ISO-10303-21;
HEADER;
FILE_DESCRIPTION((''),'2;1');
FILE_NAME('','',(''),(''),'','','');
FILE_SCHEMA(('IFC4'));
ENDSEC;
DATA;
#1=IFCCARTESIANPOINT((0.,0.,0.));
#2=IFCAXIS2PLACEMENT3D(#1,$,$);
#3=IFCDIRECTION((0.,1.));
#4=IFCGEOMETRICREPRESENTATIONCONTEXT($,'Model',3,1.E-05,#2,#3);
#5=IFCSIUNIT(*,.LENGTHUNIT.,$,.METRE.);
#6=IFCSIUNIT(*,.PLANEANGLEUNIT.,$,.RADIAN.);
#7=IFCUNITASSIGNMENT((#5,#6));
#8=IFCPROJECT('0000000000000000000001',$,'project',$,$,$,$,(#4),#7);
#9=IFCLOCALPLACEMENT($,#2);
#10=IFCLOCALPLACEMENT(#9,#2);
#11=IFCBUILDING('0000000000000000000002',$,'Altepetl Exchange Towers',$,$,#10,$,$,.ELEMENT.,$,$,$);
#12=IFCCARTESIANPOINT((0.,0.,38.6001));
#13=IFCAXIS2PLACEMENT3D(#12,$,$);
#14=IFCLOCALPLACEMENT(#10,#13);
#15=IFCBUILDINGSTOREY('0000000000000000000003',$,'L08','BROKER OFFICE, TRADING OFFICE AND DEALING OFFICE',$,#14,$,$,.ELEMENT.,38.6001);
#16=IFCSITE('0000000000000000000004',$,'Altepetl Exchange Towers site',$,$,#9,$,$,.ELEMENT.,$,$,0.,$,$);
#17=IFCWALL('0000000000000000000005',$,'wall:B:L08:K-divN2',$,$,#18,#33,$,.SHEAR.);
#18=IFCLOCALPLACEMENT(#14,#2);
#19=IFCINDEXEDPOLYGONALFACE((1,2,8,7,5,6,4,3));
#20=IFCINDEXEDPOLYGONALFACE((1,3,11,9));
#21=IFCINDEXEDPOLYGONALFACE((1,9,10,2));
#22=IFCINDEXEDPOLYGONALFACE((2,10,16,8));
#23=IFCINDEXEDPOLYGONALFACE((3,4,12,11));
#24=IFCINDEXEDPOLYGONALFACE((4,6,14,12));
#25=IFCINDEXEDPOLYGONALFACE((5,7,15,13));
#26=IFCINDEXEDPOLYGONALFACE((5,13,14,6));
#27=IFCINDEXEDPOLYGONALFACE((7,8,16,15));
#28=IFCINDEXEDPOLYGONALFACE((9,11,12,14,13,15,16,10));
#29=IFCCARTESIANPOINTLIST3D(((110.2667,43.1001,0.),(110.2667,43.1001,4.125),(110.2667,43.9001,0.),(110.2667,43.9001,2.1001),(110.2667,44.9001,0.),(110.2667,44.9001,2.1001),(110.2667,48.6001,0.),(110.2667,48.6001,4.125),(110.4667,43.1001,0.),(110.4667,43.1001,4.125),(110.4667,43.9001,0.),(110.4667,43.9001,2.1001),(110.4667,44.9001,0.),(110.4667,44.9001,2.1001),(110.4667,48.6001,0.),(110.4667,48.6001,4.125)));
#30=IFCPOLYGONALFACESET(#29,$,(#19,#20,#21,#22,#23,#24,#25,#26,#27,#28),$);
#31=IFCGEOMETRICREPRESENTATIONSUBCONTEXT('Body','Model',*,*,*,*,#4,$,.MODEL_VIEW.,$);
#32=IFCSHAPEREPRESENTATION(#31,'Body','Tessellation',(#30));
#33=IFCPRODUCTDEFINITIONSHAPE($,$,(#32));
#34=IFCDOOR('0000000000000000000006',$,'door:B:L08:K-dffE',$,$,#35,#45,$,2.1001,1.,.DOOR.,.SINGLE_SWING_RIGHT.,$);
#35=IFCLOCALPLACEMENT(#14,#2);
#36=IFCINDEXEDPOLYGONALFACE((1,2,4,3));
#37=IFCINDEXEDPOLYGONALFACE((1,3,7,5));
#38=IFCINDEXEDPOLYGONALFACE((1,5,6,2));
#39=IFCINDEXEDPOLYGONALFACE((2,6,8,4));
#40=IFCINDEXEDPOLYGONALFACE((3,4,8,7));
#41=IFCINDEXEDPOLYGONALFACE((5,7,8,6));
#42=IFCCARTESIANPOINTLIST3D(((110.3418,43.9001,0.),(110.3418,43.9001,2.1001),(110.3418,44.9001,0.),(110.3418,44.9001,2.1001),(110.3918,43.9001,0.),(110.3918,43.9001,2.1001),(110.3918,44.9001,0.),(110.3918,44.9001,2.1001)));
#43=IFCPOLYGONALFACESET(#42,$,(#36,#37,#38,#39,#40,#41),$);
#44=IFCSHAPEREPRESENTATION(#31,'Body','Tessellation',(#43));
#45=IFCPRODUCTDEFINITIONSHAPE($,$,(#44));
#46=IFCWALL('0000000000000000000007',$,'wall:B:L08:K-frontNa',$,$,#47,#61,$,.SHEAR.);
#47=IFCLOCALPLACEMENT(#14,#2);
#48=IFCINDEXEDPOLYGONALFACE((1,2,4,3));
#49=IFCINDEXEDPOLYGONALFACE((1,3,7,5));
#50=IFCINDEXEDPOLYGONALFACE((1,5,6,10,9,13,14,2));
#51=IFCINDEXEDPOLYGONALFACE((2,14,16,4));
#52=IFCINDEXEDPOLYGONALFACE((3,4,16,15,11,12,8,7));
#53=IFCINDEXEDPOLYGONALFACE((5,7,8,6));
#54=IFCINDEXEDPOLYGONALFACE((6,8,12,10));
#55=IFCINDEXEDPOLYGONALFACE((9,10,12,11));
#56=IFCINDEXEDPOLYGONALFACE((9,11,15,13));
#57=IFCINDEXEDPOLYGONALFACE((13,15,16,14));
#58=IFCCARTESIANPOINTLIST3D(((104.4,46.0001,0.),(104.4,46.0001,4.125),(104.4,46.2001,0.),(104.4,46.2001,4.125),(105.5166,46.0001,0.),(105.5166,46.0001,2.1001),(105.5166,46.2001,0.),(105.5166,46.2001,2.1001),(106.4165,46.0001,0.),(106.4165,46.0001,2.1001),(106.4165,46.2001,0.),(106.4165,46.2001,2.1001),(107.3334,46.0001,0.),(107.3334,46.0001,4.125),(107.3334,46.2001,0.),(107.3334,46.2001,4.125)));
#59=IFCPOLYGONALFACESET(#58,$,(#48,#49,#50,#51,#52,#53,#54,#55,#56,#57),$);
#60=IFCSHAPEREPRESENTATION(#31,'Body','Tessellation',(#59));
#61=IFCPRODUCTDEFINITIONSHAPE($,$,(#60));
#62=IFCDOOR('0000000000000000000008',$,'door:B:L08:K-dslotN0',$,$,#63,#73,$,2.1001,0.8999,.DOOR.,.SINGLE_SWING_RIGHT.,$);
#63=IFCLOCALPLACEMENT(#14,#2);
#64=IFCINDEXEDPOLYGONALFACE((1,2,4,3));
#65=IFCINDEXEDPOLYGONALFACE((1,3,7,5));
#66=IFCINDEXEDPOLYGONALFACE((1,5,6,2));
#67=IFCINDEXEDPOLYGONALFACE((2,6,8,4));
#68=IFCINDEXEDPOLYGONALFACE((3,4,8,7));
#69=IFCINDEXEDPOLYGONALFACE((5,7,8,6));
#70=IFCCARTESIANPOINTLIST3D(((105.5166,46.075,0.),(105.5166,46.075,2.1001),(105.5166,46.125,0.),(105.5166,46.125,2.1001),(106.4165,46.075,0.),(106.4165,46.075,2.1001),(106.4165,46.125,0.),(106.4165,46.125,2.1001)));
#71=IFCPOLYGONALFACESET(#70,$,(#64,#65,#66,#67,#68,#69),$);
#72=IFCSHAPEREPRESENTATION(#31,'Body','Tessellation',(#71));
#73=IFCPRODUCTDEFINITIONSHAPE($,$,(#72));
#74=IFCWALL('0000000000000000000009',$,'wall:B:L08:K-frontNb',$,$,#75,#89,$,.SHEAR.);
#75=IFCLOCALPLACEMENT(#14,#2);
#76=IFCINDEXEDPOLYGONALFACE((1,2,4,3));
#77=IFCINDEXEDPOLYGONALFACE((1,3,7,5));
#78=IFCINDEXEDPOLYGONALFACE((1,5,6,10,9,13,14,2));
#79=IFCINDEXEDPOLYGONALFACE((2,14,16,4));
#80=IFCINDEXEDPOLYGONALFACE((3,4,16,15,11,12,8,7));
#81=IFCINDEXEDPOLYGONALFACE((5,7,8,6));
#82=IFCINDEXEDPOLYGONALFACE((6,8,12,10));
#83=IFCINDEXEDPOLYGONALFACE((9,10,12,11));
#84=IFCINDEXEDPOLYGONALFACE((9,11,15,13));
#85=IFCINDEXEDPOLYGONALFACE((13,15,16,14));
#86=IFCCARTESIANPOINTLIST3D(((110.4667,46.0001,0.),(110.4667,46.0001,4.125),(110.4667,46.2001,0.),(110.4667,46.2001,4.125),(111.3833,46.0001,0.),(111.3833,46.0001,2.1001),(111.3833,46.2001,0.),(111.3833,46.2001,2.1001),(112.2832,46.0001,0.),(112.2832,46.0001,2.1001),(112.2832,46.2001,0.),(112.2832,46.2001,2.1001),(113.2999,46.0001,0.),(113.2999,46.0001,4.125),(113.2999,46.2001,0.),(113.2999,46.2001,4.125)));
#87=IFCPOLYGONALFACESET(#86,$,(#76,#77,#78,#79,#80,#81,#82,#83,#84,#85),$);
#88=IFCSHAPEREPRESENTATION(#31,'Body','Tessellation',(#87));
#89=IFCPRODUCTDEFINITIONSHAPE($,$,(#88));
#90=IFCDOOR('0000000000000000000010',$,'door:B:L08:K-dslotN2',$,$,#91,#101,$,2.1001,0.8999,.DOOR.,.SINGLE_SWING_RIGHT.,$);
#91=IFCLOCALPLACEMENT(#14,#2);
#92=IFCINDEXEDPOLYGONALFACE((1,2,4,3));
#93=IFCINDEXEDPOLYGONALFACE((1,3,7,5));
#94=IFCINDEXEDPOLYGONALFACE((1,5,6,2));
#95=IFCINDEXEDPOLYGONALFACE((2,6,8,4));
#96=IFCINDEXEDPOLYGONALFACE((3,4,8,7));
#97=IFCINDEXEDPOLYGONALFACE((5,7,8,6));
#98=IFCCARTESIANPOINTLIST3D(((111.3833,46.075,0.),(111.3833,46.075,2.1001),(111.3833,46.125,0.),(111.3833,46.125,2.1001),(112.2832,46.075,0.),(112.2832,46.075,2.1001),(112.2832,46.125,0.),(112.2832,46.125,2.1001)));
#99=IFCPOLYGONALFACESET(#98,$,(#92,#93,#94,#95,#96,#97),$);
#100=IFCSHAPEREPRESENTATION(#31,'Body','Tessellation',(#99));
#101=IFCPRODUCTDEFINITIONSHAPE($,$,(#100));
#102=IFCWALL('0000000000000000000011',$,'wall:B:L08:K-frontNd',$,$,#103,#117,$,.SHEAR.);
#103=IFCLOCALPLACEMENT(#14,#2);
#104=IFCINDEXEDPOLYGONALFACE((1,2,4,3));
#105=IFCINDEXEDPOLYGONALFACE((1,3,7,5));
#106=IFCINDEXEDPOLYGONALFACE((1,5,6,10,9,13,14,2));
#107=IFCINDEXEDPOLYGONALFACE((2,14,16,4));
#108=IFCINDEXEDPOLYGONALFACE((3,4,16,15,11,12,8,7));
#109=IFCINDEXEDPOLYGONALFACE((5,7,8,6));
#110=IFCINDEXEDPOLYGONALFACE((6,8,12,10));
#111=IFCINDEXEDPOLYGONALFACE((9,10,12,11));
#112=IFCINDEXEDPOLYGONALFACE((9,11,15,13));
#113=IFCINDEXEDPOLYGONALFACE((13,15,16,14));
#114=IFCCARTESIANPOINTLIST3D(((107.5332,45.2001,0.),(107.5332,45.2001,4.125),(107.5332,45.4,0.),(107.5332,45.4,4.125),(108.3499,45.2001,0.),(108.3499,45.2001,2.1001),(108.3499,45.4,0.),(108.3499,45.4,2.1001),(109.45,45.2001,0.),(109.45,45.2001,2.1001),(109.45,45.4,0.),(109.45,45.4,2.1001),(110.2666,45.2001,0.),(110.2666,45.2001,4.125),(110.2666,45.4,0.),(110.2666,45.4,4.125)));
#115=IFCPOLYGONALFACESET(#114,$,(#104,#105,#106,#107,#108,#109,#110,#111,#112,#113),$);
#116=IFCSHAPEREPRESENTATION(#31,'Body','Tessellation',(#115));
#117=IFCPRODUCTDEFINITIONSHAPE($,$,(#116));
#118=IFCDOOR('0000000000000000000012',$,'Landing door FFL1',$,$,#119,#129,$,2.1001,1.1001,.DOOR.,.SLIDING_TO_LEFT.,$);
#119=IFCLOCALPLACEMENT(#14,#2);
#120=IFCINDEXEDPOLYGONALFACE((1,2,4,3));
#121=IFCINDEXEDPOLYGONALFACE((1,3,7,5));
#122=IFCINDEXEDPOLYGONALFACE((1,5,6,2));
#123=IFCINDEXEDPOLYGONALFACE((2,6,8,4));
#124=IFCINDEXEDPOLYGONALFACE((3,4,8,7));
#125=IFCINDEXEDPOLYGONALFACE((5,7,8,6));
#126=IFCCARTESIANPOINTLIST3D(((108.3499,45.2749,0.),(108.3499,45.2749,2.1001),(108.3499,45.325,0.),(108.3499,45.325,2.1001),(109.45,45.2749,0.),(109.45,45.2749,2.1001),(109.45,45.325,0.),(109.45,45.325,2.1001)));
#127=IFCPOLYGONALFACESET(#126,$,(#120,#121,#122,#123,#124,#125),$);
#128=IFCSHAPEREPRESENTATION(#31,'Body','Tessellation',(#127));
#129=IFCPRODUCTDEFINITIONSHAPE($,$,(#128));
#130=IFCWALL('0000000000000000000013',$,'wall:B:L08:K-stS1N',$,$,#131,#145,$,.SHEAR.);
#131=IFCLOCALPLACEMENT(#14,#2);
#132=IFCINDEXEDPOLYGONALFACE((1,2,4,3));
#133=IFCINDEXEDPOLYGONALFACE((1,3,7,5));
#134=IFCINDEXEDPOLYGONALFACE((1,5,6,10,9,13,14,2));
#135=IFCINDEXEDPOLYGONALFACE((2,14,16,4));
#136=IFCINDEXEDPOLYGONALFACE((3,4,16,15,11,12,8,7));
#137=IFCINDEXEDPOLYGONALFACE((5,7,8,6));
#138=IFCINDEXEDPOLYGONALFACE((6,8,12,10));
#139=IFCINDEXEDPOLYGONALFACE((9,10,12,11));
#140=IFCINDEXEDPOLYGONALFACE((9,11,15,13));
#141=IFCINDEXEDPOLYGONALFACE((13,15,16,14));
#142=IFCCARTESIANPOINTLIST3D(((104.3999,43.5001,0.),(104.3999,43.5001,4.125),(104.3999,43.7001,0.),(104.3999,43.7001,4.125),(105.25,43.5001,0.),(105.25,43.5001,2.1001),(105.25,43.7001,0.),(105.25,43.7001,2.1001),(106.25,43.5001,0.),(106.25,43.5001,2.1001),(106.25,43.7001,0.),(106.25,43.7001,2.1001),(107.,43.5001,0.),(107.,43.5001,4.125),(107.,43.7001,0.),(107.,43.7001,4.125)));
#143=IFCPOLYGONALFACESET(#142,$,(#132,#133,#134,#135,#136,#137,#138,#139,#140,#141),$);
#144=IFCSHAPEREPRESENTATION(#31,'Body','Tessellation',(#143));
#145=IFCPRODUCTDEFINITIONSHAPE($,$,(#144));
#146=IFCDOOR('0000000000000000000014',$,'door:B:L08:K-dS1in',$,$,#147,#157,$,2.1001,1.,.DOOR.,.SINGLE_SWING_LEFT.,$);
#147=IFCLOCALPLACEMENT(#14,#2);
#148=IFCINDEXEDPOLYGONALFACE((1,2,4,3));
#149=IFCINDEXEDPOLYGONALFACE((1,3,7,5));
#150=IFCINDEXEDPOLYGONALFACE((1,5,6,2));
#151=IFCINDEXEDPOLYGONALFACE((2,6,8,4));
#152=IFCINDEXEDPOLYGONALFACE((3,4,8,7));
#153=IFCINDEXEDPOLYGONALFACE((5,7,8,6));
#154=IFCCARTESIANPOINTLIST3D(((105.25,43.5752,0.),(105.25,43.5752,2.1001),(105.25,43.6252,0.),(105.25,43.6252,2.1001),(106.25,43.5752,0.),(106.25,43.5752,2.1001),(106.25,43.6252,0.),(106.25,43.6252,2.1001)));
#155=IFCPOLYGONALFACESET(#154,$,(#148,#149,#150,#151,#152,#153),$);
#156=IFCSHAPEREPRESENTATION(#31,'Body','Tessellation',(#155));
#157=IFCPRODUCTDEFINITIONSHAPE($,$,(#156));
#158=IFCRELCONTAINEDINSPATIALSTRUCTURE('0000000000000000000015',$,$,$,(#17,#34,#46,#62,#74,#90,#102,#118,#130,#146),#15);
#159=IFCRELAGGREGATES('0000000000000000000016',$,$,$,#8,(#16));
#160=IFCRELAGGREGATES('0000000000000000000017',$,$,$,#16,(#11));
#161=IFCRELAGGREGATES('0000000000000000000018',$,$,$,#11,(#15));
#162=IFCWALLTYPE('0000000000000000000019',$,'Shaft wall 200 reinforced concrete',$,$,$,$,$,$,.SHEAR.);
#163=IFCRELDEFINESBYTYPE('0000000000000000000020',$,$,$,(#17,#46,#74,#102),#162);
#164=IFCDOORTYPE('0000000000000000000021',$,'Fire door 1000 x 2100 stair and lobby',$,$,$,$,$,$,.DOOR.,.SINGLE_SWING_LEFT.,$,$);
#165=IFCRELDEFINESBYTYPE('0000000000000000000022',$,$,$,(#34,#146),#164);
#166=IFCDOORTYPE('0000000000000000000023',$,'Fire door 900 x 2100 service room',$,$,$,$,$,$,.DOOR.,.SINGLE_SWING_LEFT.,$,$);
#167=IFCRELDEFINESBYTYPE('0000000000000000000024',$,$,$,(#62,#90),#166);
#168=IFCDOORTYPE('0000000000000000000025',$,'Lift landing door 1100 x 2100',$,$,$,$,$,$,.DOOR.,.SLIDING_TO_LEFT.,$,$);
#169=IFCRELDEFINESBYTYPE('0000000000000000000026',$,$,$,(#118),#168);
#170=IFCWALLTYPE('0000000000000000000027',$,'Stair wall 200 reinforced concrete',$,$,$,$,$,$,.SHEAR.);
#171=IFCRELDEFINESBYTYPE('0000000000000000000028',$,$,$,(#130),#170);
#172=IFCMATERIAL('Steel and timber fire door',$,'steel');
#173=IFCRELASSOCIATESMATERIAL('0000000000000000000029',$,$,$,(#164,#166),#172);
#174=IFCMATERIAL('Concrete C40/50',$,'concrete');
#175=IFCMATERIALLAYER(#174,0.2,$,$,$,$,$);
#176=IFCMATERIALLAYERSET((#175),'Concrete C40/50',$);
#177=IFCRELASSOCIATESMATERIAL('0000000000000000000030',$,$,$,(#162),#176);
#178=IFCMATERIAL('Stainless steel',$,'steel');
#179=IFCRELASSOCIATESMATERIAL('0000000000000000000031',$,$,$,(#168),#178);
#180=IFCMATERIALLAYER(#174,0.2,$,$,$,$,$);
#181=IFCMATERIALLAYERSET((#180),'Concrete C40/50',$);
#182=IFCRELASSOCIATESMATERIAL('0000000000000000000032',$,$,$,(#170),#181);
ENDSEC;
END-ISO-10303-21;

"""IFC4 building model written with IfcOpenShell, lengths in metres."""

from ifc_helpers import new_model, si_unit, direction, frame, frame_2d, origin, place, context, subcontext, project, spatial, rectangle, extrude, material, layer, layer_set, type_object, element, fill, save


model = new_model("IFC4")

# Units and contexts
model_context = context("Model", 3, precision=1e-05, world=origin(), true_north=direction((0.0, 1.0)))
body_context = subcontext(model_context, "Body", "Model", "MODEL_VIEW")
ifc_project = project(units=[si_unit("LENGTHUNIT", "METRE"), si_unit("PLANEANGLEUNIT", "RADIAN")], contexts=[model_context])

# Site, building, storey
site_placement = place(None, origin())
site = spatial("IfcSite", under=ifc_project, at=site_placement, Name="Altepetl Exchange Towers site", CompositionType="ELEMENT", RefElevation=0.0)
building_placement = place(site_placement, origin())
building = spatial("IfcBuilding", under=site, at=building_placement, Name="Altepetl Exchange Towers", CompositionType="ELEMENT")
storey_placement = place(building_placement, frame((0.0, 0.0, 38.6001)))
storey = spatial("IfcBuildingStorey", under=building, at=storey_placement, Name="L08", Description="BROKER OFFICE, TRADING OFFICE AND DEALING OFFICE", CompositionType="ELEMENT", Elevation=38.6001)

# Shared definitions
ifc_material_1 = material(Name="Steel and timber fire door", Category="steel")
door_type_1 = type_object("IfcDoorType", Name="Fire door 1000 x 2100 stair and lobby", OperationType="SINGLE_SWING_LEFT", PredefinedType="DOOR", material=ifc_material_1)

# Shared definitions
door_type_2 = type_object("IfcDoorType", Name="Fire door 900 x 2100 service room", OperationType="SINGLE_SWING_LEFT", PredefinedType="DOOR", material=ifc_material_1)

# Shared definitions
ifc_material_2 = material(Name="Concrete C40/50", Category="concrete")
ifc_layer_1 = layer(ifc_material_2, 0.2)
ifc_layer_set_1 = layer_set([ifc_layer_1], Name="Concrete C40/50")
wall_type_1 = type_object("IfcWallType", Name="Shaft wall 200 reinforced concrete", PredefinedType="SHEAR", material=ifc_layer_set_1)

# Walls, openings, doors
wall_1_placement = place(storey_placement, frame((110.3667, 48.6001, 0.0), z_axis=(0.0, 0.0, 1.0), x_axis=(0.0, -1.0, 0.0)))
wall_1 = element("IfcWall", 1, at=wall_1_placement, inside=storey, type_object=wall_type_1, Name="wall:B:L08:K-divN2", PredefinedType="SHEAR", context=body_context, shape_type="SweptSolid", body=[
    extrude(rectangle(XDim=5.5, YDim=0.2, at=frame_2d((2.75, 0.0))), origin(), (0.0, 0.0, 1.0), 4.125),
])
opening_1_placement = place(wall_1_placement, frame((3.7, 0.0, 0.0)))
opening_1 = element("IfcOpeningElement", 2, at=opening_1_placement, cuts=wall_1, PredefinedType="OPENING", context=body_context, shape_type="SweptSolid", body=[
    extrude(rectangle(XDim=1.0, YDim=2.1001, at=frame_2d((0.5, 1.05))), frame((0.0, 0.1099, 0.0), z_axis=(0.0, -1.0, 0.0), x_axis=(1.0, 0.0, 0.0)), (0.0, 0.0, 1.0), 0.22),
])
door_1_placement = place(opening_1_placement, frame((1.0, 0.0, 0.0), x_axis=(-1.0, 0.0, 0.0)))
door_1 = element("IfcDoor", 3, at=door_1_placement, inside=storey, type_object=door_type_1, Name="door:B:L08:K-dffE", OperationType="SINGLE_SWING_RIGHT", OverallHeight=2.1001, OverallWidth=1.0, PredefinedType="DOOR", context=body_context, shape_type="SweptSolid", body=[
    extrude(rectangle(XDim=1.0, YDim=2.1001, at=frame_2d((0.5, 1.05))), frame((0.0, 0.0249, 0.0), z_axis=(0.0, -1.0, 0.0), x_axis=(1.0, 0.0, 0.0)), (0.0, 0.0, 1.0), 0.05),
])
fill(opening_1, door_1)
wall_2_placement = place(storey_placement, frame((104.3999, 46.1001, 0.0)))
wall_2 = element("IfcWall", 4, at=wall_2_placement, inside=storey, type_object=wall_type_1, Name="wall:B:L08:K-frontNa", PredefinedType="SHEAR", context=body_context, shape_type="SweptSolid", body=[
    extrude(rectangle(XDim=2.9333, YDim=0.2, at=frame_2d((1.4668, 0.0))), origin(), (0.0, 0.0, 1.0), 4.125),
])
opening_2_placement = place(wall_2_placement, frame((1.1167, 0.0, 0.0)))
opening_2 = element("IfcOpeningElement", 5, at=opening_2_placement, cuts=wall_2, PredefinedType="OPENING", context=body_context, shape_type="SweptSolid", body=[
    extrude(rectangle(XDim=0.8999, YDim=2.1001, at=frame_2d((0.45, 1.05))), frame((0.0, 0.1099, 0.0), z_axis=(0.0, -1.0, 0.0), x_axis=(1.0, 0.0, 0.0)), (0.0, 0.0, 1.0), 0.22),
])
door_2_placement = place(opening_2_placement, origin())
door_2 = element("IfcDoor", 6, at=door_2_placement, inside=storey, type_object=door_type_2, Name="door:B:L08:K-dslotN0", OperationType="SINGLE_SWING_RIGHT", OverallHeight=2.1001, OverallWidth=0.8999, PredefinedType="DOOR", context=body_context, shape_type="SweptSolid", body=[
    extrude(rectangle(XDim=0.8999, YDim=2.1001, at=frame_2d((0.45, 1.05))), frame((0.0, 0.0249, 0.0), z_axis=(0.0, -1.0, 0.0), x_axis=(1.0, 0.0, 0.0)), (0.0, 0.0, 1.0), 0.05),
])
fill(opening_2, door_2)
wall_3_placement = place(storey_placement, frame((110.4668, 46.1001, 0.0)))
wall_3 = element("IfcWall", 7, at=wall_3_placement, inside=storey, type_object=wall_type_1, Name="wall:B:L08:K-frontNb", PredefinedType="SHEAR", context=body_context, shape_type="SweptSolid", body=[
    extrude(rectangle(XDim=2.8333, YDim=0.2, at=frame_2d((1.4165, 0.0))), origin(), (0.0, 0.0, 1.0), 4.125),
])
opening_3_placement = place(wall_3_placement, frame((0.9165, 0.0, 0.0)))
opening_3 = element("IfcOpeningElement", 8, at=opening_3_placement, cuts=wall_3, PredefinedType="OPENING", context=body_context, shape_type="SweptSolid", body=[
    extrude(rectangle(XDim=0.8999, YDim=2.1001, at=frame_2d((0.45, 1.05))), frame((0.0, 0.1099, 0.0), z_axis=(0.0, -1.0, 0.0), x_axis=(1.0, 0.0, 0.0)), (0.0, 0.0, 1.0), 0.22),
])
door_3_placement = place(opening_3_placement, origin())
door_3 = element("IfcDoor", 9, at=door_3_placement, inside=storey, type_object=door_type_2, Name="door:B:L08:K-dslotN2", OperationType="SINGLE_SWING_RIGHT", OverallHeight=2.1001, OverallWidth=0.8999, PredefinedType="DOOR", context=body_context, shape_type="SweptSolid", body=[
    extrude(rectangle(XDim=0.8999, YDim=2.1001, at=frame_2d((0.45, 1.05))), frame((0.0, 0.0249, 0.0), z_axis=(0.0, -1.0, 0.0), x_axis=(1.0, 0.0, 0.0)), (0.0, 0.0, 1.0), 0.05),
])
fill(opening_3, door_3)
wall_4_placement = place(storey_placement, frame((107.5332, 45.3, 0.0)))
wall_4 = element("IfcWall", 10, at=wall_4_placement, inside=storey, type_object=wall_type_1, Name="wall:B:L08:K-frontNd", PredefinedType="SHEAR", context=body_context, shape_type="SweptSolid", body=[
    extrude(rectangle(XDim=2.7334, YDim=0.2, at=frame_2d((1.3667, 0.0))), origin(), (0.0, 0.0, 1.0), 4.125),
])
opening_4_placement = place(wall_4_placement, frame((0.8167, 0.0, 0.0)))
opening_4 = element("IfcOpeningElement", 11, at=opening_4_placement, cuts=wall_4, PredefinedType="OPENING", context=body_context, shape_type="SweptSolid", body=[
    extrude(rectangle(XDim=1.1001, YDim=2.1001, at=frame_2d((0.55, 1.05))), frame((0.0, 0.1099, 0.0), z_axis=(0.0, -1.0, 0.0), x_axis=(1.0, 0.0, 0.0)), (0.0, 0.0, 1.0), 0.22),
])
ifc_material_3 = material(Name="Stainless steel", Category="steel")
door_type_3 = type_object("IfcDoorType", Name="Lift landing door 1100 x 2100", OperationType="SLIDING_TO_LEFT", PredefinedType="DOOR", material=ifc_material_3)
door_4_placement = place(opening_4_placement, origin())
door_4 = element("IfcDoor", 12, at=door_4_placement, inside=storey, type_object=door_type_3, Name="Landing door FFL1", OperationType="SLIDING_TO_LEFT", OverallHeight=2.1001, OverallWidth=1.1001, PredefinedType="DOOR", context=body_context, shape_type="SweptSolid", body=[
    extrude(rectangle(XDim=1.1001, YDim=2.1001, at=frame_2d((0.55, 1.05))), frame((0.0, 0.0249, 0.0), z_axis=(0.0, -1.0, 0.0), x_axis=(1.0, 0.0, 0.0)), (0.0, 0.0, 1.0), 0.05),
])
fill(opening_4, door_4)
ifc_layer_2 = layer(ifc_material_2, 0.2)
ifc_layer_set_2 = layer_set([ifc_layer_2], Name="Concrete C40/50")
wall_type_2 = type_object("IfcWallType", Name="Stair wall 200 reinforced concrete", PredefinedType="SHEAR", material=ifc_layer_set_2)
wall_5_placement = place(storey_placement, frame((104.3999, 43.6001, 0.0)))
wall_5 = element("IfcWall", 13, at=wall_5_placement, inside=storey, type_object=wall_type_2, Name="wall:B:L08:K-stS1N", PredefinedType="SHEAR", context=body_context, shape_type="SweptSolid", body=[
    extrude(rectangle(XDim=2.6001, YDim=0.2, at=frame_2d((1.3, 0.0))), origin(), (0.0, 0.0, 1.0), 4.125),
])
opening_5_placement = place(wall_5_placement, frame((0.8501, 0.0, 0.0)))
opening_5 = element("IfcOpeningElement", 14, at=opening_5_placement, cuts=wall_5, PredefinedType="OPENING", context=body_context, shape_type="SweptSolid", body=[
    extrude(rectangle(XDim=1.0, YDim=2.1001, at=frame_2d((0.5, 1.05))), frame((0.0, 0.1099, 0.0), z_axis=(0.0, -1.0, 0.0), x_axis=(1.0, 0.0, 0.0)), (0.0, 0.0, 1.0), 0.22),
])
door_5_placement = place(opening_5_placement, frame((1.0, 0.0, 0.0), x_axis=(-1.0, 0.0, 0.0)))
door_5 = element("IfcDoor", 15, at=door_5_placement, inside=storey, type_object=door_type_1, Name="door:B:L08:K-dS1in", OperationType="SINGLE_SWING_LEFT", OverallHeight=2.1001, OverallWidth=1.0, PredefinedType="DOOR", context=body_context, shape_type="SweptSolid", body=[
    extrude(rectangle(XDim=1.0, YDim=2.1001, at=frame_2d((0.5, 1.05))), frame((0.0, 0.0249, 0.0), z_axis=(0.0, -1.0, 0.0), x_axis=(1.0, 0.0, 0.0)), (0.0, 0.0, 1.0), 0.05),
])
fill(opening_5, door_5)

save(model, "model.ifc")
